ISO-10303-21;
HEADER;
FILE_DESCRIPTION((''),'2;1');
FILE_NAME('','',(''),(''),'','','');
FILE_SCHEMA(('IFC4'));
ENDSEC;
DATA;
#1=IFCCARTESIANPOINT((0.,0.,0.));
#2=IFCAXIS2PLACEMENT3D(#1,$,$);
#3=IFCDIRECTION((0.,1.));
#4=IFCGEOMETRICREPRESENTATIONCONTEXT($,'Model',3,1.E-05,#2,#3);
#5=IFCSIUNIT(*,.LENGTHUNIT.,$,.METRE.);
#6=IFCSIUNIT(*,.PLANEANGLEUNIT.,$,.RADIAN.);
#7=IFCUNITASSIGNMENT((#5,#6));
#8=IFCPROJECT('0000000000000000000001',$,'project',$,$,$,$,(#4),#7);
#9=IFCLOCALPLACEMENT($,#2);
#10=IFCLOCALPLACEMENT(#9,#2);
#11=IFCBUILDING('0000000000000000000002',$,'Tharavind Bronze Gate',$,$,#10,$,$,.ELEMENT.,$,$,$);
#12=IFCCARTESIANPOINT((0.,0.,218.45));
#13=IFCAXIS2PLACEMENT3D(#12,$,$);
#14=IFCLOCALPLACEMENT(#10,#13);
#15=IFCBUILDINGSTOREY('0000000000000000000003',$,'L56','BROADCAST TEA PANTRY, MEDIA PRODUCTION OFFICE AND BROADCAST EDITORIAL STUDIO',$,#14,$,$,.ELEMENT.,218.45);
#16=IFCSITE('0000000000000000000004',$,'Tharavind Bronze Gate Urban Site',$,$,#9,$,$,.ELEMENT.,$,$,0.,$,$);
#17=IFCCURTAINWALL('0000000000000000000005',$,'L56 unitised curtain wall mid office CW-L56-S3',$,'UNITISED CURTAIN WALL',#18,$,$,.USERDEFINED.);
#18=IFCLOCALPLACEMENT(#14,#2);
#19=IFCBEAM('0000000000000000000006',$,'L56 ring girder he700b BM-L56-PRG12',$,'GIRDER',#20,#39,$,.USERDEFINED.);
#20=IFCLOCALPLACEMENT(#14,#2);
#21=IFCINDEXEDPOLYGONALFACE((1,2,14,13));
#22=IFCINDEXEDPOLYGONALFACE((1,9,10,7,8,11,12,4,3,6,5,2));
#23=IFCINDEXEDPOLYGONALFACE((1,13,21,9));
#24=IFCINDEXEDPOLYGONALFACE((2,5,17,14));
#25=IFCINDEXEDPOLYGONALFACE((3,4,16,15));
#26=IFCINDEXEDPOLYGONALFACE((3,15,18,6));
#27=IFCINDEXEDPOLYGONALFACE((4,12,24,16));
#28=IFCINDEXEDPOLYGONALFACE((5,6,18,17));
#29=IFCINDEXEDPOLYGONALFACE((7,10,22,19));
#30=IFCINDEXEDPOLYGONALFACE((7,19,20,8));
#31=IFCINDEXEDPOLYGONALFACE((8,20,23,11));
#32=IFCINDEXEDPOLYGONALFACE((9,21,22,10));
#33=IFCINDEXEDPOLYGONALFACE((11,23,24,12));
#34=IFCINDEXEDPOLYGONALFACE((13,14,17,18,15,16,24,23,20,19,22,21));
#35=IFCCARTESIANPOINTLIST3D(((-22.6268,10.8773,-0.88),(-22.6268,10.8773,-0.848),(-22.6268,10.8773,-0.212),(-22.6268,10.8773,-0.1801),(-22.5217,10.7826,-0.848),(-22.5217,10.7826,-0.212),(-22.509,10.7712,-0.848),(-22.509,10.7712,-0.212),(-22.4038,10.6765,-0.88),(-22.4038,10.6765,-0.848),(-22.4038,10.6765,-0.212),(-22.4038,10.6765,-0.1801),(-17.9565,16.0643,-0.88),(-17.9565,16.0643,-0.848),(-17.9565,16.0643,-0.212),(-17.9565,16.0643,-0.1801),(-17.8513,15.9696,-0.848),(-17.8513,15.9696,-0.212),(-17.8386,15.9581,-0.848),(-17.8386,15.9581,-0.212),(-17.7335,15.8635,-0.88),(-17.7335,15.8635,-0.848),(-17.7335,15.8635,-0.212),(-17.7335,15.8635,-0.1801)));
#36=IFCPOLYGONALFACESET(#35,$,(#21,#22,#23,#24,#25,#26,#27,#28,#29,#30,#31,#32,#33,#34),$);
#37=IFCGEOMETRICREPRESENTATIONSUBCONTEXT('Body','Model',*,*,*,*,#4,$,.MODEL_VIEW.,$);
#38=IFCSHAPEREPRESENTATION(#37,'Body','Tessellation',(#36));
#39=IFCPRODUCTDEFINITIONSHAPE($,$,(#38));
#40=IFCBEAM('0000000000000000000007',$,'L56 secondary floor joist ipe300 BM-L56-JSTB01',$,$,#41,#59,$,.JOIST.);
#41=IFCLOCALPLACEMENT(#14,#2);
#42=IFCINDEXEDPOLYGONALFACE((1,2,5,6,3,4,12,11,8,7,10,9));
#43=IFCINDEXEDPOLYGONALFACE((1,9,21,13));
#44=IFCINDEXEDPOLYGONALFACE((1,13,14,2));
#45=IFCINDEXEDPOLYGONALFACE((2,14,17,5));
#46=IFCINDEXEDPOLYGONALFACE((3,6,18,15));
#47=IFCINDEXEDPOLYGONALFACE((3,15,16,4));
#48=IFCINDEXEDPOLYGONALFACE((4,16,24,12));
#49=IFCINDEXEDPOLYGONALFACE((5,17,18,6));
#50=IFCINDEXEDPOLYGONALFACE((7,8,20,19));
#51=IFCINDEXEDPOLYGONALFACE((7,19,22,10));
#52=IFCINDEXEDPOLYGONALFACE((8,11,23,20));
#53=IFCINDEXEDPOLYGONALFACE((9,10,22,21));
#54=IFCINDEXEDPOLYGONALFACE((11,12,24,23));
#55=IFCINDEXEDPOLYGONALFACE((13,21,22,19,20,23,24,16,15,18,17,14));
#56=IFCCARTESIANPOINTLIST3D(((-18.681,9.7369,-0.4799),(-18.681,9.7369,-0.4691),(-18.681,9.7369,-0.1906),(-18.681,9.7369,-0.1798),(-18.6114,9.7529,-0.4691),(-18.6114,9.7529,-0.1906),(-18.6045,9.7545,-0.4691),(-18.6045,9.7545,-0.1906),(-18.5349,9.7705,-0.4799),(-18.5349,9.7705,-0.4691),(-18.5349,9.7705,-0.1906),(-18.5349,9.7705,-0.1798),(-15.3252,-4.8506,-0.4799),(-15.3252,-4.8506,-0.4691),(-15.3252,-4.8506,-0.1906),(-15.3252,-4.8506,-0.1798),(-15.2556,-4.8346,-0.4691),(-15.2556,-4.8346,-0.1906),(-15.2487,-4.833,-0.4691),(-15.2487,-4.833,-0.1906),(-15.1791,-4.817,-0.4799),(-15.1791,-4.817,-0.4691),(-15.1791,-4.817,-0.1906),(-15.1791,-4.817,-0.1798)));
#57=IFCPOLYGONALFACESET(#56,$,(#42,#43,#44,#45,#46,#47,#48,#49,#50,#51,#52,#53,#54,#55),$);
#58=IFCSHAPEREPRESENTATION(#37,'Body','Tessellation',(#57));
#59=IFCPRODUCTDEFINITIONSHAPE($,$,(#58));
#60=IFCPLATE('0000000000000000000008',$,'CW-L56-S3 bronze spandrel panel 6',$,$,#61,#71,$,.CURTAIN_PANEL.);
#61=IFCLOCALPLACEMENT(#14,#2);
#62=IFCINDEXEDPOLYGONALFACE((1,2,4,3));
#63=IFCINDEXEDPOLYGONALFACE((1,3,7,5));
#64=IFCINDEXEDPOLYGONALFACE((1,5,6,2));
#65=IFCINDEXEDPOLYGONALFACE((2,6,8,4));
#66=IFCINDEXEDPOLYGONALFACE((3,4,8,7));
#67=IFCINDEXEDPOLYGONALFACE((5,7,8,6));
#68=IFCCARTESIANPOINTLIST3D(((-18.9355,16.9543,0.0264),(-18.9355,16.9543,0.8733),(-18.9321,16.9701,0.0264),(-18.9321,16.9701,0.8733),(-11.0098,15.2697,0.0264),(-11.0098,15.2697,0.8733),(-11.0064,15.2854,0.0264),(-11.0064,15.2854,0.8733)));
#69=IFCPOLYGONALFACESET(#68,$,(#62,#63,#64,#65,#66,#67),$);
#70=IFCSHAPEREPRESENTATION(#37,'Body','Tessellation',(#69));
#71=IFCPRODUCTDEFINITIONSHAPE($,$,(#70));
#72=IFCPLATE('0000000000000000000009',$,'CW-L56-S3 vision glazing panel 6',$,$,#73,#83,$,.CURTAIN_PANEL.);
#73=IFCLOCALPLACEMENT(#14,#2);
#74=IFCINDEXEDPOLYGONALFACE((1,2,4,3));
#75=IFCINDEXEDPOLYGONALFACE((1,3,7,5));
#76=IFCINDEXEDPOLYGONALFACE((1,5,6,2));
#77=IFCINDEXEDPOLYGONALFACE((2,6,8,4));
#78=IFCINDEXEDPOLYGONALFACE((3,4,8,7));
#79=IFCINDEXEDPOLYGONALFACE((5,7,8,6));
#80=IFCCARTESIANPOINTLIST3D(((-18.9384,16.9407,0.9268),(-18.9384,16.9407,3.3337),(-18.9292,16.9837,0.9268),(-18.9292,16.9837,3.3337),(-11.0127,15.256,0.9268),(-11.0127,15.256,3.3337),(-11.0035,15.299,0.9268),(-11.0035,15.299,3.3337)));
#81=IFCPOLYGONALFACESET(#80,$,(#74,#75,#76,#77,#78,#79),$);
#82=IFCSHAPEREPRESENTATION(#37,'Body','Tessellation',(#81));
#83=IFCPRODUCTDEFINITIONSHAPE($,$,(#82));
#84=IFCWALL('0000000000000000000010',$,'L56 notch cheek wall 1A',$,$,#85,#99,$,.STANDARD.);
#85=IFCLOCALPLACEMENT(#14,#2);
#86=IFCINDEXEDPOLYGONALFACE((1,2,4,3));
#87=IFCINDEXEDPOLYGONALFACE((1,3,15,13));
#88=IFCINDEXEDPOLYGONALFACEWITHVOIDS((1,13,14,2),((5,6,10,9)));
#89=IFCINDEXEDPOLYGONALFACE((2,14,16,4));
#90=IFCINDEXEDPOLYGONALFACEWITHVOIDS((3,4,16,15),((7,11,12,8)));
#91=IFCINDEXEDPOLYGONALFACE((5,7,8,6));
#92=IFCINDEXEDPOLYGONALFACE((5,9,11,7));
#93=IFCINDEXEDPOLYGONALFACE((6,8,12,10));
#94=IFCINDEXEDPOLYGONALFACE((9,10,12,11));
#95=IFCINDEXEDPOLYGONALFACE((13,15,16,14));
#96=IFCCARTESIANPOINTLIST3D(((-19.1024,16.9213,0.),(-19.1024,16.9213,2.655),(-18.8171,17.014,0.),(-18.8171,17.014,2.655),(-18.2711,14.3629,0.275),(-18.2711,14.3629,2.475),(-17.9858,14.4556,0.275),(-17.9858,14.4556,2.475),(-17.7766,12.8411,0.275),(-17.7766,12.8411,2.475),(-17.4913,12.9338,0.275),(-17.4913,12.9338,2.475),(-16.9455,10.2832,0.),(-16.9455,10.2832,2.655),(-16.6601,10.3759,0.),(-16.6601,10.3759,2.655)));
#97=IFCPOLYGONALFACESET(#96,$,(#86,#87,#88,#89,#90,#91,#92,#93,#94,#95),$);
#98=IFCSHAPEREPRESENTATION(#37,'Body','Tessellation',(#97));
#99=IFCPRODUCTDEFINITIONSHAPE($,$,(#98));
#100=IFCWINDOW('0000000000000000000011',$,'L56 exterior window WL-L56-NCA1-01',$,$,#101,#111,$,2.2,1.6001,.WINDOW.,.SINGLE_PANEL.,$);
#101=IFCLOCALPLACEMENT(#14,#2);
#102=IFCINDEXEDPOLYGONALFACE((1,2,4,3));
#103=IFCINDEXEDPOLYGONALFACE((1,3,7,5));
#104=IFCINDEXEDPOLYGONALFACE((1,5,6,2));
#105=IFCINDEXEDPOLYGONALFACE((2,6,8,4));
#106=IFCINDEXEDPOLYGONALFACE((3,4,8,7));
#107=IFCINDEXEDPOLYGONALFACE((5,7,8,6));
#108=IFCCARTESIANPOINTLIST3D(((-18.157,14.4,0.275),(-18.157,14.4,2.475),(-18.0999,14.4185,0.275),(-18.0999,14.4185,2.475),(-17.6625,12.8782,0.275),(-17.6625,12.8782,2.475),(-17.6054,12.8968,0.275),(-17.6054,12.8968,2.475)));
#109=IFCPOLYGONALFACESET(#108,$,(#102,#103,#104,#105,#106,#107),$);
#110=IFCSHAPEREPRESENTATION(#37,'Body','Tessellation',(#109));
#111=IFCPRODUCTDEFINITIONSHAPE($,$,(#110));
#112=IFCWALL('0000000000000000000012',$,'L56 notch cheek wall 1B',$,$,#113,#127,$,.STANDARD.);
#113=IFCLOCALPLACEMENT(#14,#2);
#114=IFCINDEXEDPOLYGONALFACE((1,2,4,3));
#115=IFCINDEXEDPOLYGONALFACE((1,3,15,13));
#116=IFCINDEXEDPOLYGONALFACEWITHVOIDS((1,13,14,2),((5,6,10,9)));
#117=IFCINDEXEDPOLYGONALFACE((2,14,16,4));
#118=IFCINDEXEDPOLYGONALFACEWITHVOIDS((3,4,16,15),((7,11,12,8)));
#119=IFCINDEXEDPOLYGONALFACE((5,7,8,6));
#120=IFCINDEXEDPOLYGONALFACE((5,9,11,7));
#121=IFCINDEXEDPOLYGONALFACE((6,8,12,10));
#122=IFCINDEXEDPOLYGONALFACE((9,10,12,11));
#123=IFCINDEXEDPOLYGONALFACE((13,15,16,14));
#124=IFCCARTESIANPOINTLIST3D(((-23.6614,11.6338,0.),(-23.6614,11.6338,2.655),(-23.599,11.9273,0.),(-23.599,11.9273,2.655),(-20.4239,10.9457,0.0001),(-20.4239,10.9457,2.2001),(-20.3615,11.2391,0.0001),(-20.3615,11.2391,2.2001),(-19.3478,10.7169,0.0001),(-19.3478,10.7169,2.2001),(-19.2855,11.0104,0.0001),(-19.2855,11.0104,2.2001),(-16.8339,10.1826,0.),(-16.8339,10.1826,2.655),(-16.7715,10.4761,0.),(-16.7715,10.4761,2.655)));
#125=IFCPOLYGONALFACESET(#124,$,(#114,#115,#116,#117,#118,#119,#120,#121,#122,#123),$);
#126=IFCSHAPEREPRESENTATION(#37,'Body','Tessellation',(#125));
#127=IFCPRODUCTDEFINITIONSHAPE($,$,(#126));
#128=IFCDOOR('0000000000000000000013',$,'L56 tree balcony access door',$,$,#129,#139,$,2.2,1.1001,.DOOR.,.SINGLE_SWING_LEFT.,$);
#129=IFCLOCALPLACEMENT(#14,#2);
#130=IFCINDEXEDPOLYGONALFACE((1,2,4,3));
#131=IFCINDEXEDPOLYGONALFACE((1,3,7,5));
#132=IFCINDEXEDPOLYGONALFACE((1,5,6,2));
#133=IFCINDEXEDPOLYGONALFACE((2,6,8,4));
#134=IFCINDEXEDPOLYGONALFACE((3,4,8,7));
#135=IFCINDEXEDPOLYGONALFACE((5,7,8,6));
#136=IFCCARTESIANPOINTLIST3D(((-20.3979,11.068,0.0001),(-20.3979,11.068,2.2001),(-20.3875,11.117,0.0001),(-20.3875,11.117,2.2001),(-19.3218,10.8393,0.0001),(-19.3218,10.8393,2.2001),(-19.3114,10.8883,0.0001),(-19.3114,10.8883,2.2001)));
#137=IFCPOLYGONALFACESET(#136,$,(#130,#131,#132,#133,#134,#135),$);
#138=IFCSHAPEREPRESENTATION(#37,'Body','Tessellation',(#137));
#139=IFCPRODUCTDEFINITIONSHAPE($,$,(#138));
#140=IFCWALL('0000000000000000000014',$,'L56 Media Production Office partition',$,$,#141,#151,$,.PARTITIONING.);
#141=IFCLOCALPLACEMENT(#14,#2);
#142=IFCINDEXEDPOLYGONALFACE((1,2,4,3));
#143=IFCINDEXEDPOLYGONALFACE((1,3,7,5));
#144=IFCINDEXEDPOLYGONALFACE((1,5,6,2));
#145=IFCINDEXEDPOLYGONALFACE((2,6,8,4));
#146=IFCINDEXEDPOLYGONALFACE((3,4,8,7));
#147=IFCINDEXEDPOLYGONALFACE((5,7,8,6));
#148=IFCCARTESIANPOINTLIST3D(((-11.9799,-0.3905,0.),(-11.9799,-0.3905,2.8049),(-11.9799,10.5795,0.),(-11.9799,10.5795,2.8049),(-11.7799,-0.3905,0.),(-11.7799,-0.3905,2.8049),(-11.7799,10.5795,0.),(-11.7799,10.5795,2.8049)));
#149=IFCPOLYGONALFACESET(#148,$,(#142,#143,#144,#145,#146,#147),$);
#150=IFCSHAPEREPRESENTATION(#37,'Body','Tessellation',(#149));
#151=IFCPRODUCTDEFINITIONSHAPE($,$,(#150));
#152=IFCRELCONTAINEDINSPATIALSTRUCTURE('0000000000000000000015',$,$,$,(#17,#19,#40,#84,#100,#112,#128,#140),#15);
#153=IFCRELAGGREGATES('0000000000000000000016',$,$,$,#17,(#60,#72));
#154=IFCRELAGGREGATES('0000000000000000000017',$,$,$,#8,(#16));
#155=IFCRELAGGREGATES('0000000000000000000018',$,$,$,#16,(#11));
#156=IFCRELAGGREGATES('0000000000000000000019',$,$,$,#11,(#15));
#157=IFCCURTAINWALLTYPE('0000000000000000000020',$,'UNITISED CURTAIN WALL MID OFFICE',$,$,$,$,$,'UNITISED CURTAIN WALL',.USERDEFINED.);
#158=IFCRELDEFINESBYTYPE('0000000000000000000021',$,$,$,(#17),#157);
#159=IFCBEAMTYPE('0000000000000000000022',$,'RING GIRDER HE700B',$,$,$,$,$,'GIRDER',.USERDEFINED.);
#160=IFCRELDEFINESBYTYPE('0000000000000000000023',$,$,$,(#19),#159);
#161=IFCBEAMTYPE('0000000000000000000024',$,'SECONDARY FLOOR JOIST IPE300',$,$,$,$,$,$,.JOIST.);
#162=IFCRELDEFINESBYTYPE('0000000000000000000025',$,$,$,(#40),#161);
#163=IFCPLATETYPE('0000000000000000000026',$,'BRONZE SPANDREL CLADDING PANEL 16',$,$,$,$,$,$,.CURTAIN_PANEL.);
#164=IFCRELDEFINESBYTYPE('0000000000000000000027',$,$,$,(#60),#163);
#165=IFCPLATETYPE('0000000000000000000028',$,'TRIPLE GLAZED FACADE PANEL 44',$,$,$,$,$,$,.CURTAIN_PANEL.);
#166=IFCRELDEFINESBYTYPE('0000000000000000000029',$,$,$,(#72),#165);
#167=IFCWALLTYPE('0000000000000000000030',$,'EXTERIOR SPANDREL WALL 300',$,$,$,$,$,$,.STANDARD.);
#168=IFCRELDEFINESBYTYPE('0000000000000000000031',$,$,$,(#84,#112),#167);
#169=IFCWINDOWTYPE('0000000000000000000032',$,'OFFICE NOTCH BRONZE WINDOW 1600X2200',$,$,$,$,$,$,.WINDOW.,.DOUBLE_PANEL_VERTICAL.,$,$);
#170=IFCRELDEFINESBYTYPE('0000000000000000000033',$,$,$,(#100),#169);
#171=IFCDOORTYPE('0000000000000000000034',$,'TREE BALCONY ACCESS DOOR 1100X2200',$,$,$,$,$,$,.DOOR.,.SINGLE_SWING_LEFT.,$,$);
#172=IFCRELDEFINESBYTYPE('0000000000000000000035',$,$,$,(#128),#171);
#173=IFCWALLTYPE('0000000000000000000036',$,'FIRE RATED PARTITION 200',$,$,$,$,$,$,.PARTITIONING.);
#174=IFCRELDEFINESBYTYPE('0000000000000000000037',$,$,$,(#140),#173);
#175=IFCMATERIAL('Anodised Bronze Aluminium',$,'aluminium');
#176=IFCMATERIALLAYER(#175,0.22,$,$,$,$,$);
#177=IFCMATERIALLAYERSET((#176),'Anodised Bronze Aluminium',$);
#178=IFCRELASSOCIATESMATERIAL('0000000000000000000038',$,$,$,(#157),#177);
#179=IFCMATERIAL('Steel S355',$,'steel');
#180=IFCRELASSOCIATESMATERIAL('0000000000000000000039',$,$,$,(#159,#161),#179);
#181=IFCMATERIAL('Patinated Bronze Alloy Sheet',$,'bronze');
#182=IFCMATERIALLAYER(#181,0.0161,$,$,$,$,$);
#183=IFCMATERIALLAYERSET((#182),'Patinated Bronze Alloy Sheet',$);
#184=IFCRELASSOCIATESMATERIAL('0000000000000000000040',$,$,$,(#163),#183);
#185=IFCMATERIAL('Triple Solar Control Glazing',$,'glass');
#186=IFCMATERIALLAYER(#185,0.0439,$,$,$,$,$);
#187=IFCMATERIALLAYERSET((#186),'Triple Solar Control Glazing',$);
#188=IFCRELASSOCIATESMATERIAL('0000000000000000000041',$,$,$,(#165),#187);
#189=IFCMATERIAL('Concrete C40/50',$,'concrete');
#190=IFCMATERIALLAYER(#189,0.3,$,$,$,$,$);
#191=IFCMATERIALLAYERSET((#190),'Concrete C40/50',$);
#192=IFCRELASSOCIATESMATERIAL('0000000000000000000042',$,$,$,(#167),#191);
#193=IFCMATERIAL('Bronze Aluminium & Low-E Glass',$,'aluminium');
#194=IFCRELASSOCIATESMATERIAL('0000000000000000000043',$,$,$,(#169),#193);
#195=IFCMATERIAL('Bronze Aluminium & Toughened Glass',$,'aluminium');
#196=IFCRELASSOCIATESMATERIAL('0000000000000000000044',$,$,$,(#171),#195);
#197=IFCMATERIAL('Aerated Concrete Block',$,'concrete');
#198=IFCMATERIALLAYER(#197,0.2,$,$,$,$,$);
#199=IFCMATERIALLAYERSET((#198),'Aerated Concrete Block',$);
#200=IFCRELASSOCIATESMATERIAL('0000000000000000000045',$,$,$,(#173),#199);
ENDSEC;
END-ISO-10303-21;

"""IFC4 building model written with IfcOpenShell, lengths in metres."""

from ifc_helpers import new_model, si_unit, direction, frame, frame_2d, origin, origin_2d, place, context, subcontext, project, spatial, rectangle, i_section, extrude, material, layer, layer_set, material_profile, profile_set, type_object, element, fill, aggregate, save


model = new_model("IFC4")

# Units and contexts
model_context = context("Model", 3, precision=1e-05, world=origin(), true_north=direction((0.0, 1.0)))
body_context = subcontext(model_context, "Body", "Model", "MODEL_VIEW")
ifc_project = project(units=[si_unit("LENGTHUNIT", "METRE"), si_unit("PLANEANGLEUNIT", "RADIAN")], contexts=[model_context])

# Site, building, storey
site_placement = place(None, origin())
site = spatial("IfcSite", under=ifc_project, at=site_placement, Name="Tharavind Bronze Gate Urban Site", CompositionType="ELEMENT", RefElevation=0.0)
building_placement = place(site_placement, origin())
building = spatial("IfcBuilding", under=site, at=building_placement, Name="Tharavind Bronze Gate", CompositionType="ELEMENT")
storey_placement = place(building_placement, frame((0.0, 0.0, 218.45)))
storey = spatial("IfcBuildingStorey", under=building, at=storey_placement, Name="L56", Description="BROADCAST TEA PANTRY, MEDIA PRODUCTION OFFICE AND BROADCAST EDITORIAL STUDIO", CompositionType="ELEMENT", Elevation=218.45)

# Shared definitions
ifc_material_1 = material(Name="Anodised Bronze Aluminium", Category="aluminium")
ifc_layer_1 = layer(ifc_material_1, 0.22)
ifc_layer_set_1 = layer_set([ifc_layer_1], Name="Anodised Bronze Aluminium")
curtain_wall_type = type_object("IfcCurtainWallType", Name="UNITISED CURTAIN WALL MID OFFICE", ElementType="UNITISED CURTAIN WALL", PredefinedType="USERDEFINED", material=ifc_layer_set_1)

# Curtain wall
curtain_wall_1_placement = place(storey_placement, origin())
curtain_wall_1 = element("IfcCurtainWall", 1, at=curtain_wall_1_placement, inside=storey, type_object=curtain_wall_type, Name="L56 unitised curtain wall mid office CW-L56-S3", ObjectType="UNITISED CURTAIN WALL", PredefinedType="USERDEFINED")

# Beams
ifc_material_2 = material(Name="Steel S355", Category="steel")
ifc_material_profile_1 = material_profile(ifc_material_2, i_section(OverallWidth=0.3, OverallDepth=0.7, WebThickness=0.0171, FlangeThickness=0.032, at=origin_2d()), Name="HE700B")
ifc_profile_set_1 = profile_set([ifc_material_profile_1], Name="Steel S355")
beam_type_1 = type_object("IfcBeamType", Name="RING GIRDER HE700B", ElementType="GIRDER", PredefinedType="USERDEFINED", material=ifc_profile_set_1)
beam_1_placement = place(storey_placement, frame((-17.845, 15.9639, -0.53), z_axis=(-0.669131, -0.743145, 0.0), x_axis=(0.743145, -0.669131, 0.0)))
element("IfcBeam", 2, at=beam_1_placement, inside=storey, type_object=beam_type_1, Name="L56 ring girder he700b BM-L56-PRG12", ObjectType="GIRDER", PredefinedType="USERDEFINED", context=body_context, shape_type="SweptSolid", body=[
    extrude(i_section(OverallWidth=0.3, OverallDepth=0.7, WebThickness=0.0171, FlangeThickness=0.032, at=origin_2d()), origin(), (0.0, 0.0, 1.0), 6.9797),
])
ifc_material_profile_2 = material_profile(ifc_material_2, i_section(OverallWidth=0.1499, OverallDepth=0.3, WebThickness=0.0071, FlangeThickness=0.0107, at=origin_2d()), Name="IPE300")
ifc_profile_set_2 = profile_set([ifc_material_profile_2], Name="Steel S355")
beam_type_2 = type_object("IfcBeamType", Name="SECONDARY FLOOR JOIST IPE300", PredefinedType="JOIST", material=ifc_profile_set_2)
beam_2_placement = place(storey_placement, frame((-18.6079, 9.7537, -0.3298), z_axis=(0.224186, -0.974546, 0.0), x_axis=(0.974546, 0.224186, 0.0)))
element("IfcBeam", 3, at=beam_2_placement, inside=storey, type_object=beam_type_2, Name="L56 secondary floor joist ipe300 BM-L56-JSTB01", PredefinedType="JOIST", context=body_context, shape_type="SweptSolid", body=[
    extrude(i_section(OverallWidth=0.1499, OverallDepth=0.3, WebThickness=0.0071, FlangeThickness=0.0107, at=origin_2d()), origin(), (0.0, 0.0, 1.0), 14.9685),
])

# Plates
ifc_material_3 = material(Name="Patinated Bronze Alloy Sheet", Category="bronze")
ifc_layer_2 = layer(ifc_material_3, 0.0161)
ifc_layer_set_2 = layer_set([ifc_layer_2], Name="Patinated Bronze Alloy Sheet")
plate_type_1 = type_object("IfcPlateType", Name="BRONZE SPANDREL CLADDING PANEL 16", PredefinedType="CURTAIN_PANEL", material=ifc_layer_set_2)
plate_1_placement = place(storey_placement, frame((-14.9709, 16.1199, 0.0264), z_axis=(0.0, 0.0, 1.0), x_axis=(-0.978148, 0.207912, 0.0)))
plate_1 = element("IfcPlate", 4, at=plate_1_placement, type_object=plate_type_1, Name="CW-L56-S3 bronze spandrel panel 6", PredefinedType="CURTAIN_PANEL", context=body_context, shape_type="SweptSolid", body=[
    extrude(rectangle(XDim=8.1028, YDim=0.0161, at=origin_2d()), origin(), (0.0, 0.0, 1.0), 0.8469),
])
ifc_material_4 = material(Name="Triple Solar Control Glazing", Category="glass")
ifc_layer_3 = layer(ifc_material_4, 0.0439)
ifc_layer_set_3 = layer_set([ifc_layer_3], Name="Triple Solar Control Glazing")
plate_type_2 = type_object("IfcPlateType", Name="TRIPLE GLAZED FACADE PANEL 44", PredefinedType="CURTAIN_PANEL", material=ifc_layer_set_3)
plate_2_placement = place(storey_placement, frame((-14.9709, 16.1199, 0.9268), z_axis=(0.0, 0.0, 1.0), x_axis=(-0.978148, 0.207912, 0.0)))
plate_2 = element("IfcPlate", 5, at=plate_2_placement, type_object=plate_type_2, Name="CW-L56-S3 vision glazing panel 6", PredefinedType="CURTAIN_PANEL", context=body_context, shape_type="SweptSolid", body=[
    extrude(rectangle(XDim=8.1028, YDim=0.0439, at=origin_2d()), origin(), (0.0, 0.0, 1.0), 2.407),
])
aggregate(curtain_wall_1, [plate_1, plate_2])

# Wall, opening, window
ifc_material_5 = material(Name="Concrete C40/50", Category="concrete")
ifc_layer_4 = layer(ifc_material_5, 0.3)
ifc_layer_set_4 = layer_set([ifc_layer_4], Name="Concrete C40/50")
wall_type_1 = type_object("IfcWallType", Name="EXTERIOR SPANDREL WALL 300", PredefinedType="STANDARD", material=ifc_layer_set_4)
wall_1_placement = place(storey_placement, frame((-18.9597, 16.9675, 0.0), z_axis=(0.0, 0.0, 1.0), x_axis=(0.309031, -0.951052, 0.0)))
wall_1 = element("IfcWall", 6, at=wall_1_placement, inside=storey, type_object=wall_type_1, Name="L56 notch cheek wall 1A", PredefinedType="STANDARD", context=body_context, shape_type="SweptSolid", body=[
    extrude(rectangle(XDim=6.9797, YDim=0.3, at=frame_2d((3.4897, 0.0))), origin(), (0.0, 0.0, 1.0), 2.655),
])
opening_1_placement = place(wall_1_placement, frame((2.6899, 0.0, 0.2749)))
opening_1 = element("IfcOpeningElement", 7, at=opening_1_placement, cuts=wall_1, PredefinedType="OPENING", context=body_context, shape_type="SweptSolid", body=[
    extrude(rectangle(XDim=1.6001, YDim=2.2, at=frame_2d((0.8, 1.1001))), frame((0.0, 0.1599, 0.0), z_axis=(0.0, -1.0, 0.0), x_axis=(1.0, 0.0, 0.0)), (0.0, 0.0, 1.0), 0.32),
])
ifc_material_6 = material(Name="Bronze Aluminium & Low-E Glass", Category="aluminium")
window_type = type_object("IfcWindowType", Name="OFFICE NOTCH BRONZE WINDOW 1600X2200", PartitioningType="DOUBLE_PANEL_VERTICAL", PredefinedType="WINDOW", material=ifc_material_6)
window_placement = place(opening_1_placement, origin())
window = element("IfcWindow", 8, at=window_placement, inside=storey, type_object=window_type, Name="L56 exterior window WL-L56-NCA1-01", OverallHeight=2.2, OverallWidth=1.6001, PartitioningType="SINGLE_PANEL", PredefinedType="WINDOW", context=body_context, shape_type="SweptSolid", body=[
    extrude(rectangle(XDim=1.6001, YDim=2.2, at=frame_2d((0.8, 1.1001))), frame((0.0, 0.03, 0.0), z_axis=(0.0, -1.0, 0.0), x_axis=(1.0, 0.0, 0.0)), (0.0, 0.0, 1.0), 0.0601),
])
fill(opening_1, window)

# Wall, opening, door
wall_2_placement = place(storey_placement, frame((-16.8027, 10.3293, 0.0), z_axis=(0.0, 0.0, 1.0), x_axis=(-0.978149, 0.207907, 0.0)))
wall_2 = element("IfcWall", 9, at=wall_2_placement, inside=storey, type_object=wall_type_1, Name="L56 notch cheek wall 1B", PredefinedType="STANDARD", context=body_context, shape_type="SweptSolid", body=[
    extrude(rectangle(XDim=6.98, YDim=0.3, at=frame_2d((3.49, 0.0))), origin(), (0.0, 0.0, 1.0), 2.655),
])
opening_2_placement = place(wall_2_placement, frame((2.5701, 0.0, 0.0)))
opening_2 = element("IfcOpeningElement", 10, at=opening_2_placement, cuts=wall_2, PredefinedType="OPENING", context=body_context, shape_type="SweptSolid", body=[
    extrude(rectangle(XDim=1.1001, YDim=2.2, at=frame_2d((0.55, 1.1001))), frame((0.0, 0.1599, 0.0), z_axis=(0.0, -1.0, 0.0), x_axis=(1.0, 0.0, 0.0)), (0.0, 0.0, 1.0), 0.32),
])
ifc_material_7 = material(Name="Bronze Aluminium & Toughened Glass", Category="aluminium")
door_type = type_object("IfcDoorType", Name="TREE BALCONY ACCESS DOOR 1100X2200", OperationType="SINGLE_SWING_LEFT", PredefinedType="DOOR", material=ifc_material_7)
door_placement = place(opening_2_placement, origin())
door = element("IfcDoor", 11, at=door_placement, inside=storey, type_object=door_type, Name="L56 tree balcony access door", OperationType="SINGLE_SWING_LEFT", OverallHeight=2.2, OverallWidth=1.1001, PredefinedType="DOOR", context=body_context, shape_type="SweptSolid", body=[
    extrude(rectangle(XDim=1.1001, YDim=2.2, at=frame_2d((0.55, 1.1001))), frame((0.0, 0.0249, 0.0), z_axis=(0.0, -1.0, 0.0), x_axis=(1.0, 0.0, 0.0)), (0.0, 0.0, 1.0), 0.05),
])
fill(opening_2, door)

# Wall
ifc_material_8 = material(Name="Aerated Concrete Block", Category="concrete")
ifc_layer_5 = layer(ifc_material_8, 0.2)
ifc_layer_set_5 = layer_set([ifc_layer_5], Name="Aerated Concrete Block")
wall_type_2 = type_object("IfcWallType", Name="FIRE RATED PARTITION 200", PredefinedType="PARTITIONING", material=ifc_layer_set_5)
wall_3_placement = place(storey_placement, frame((-11.8799, 10.5793, 0.0), z_axis=(0.0, 0.0, 1.0), x_axis=(0.0, -1.0, 0.0)))
element("IfcWall", 12, at=wall_3_placement, inside=storey, type_object=wall_type_2, Name="L56 Media Production Office partition", PredefinedType="PARTITIONING", context=body_context, shape_type="SweptSolid", body=[
    extrude(rectangle(XDim=10.97, YDim=0.2, at=frame_2d((5.4849, 0.0))), origin(), (0.0, 0.0, 1.0), 2.8049),
])

save(model, "model.ifc")
